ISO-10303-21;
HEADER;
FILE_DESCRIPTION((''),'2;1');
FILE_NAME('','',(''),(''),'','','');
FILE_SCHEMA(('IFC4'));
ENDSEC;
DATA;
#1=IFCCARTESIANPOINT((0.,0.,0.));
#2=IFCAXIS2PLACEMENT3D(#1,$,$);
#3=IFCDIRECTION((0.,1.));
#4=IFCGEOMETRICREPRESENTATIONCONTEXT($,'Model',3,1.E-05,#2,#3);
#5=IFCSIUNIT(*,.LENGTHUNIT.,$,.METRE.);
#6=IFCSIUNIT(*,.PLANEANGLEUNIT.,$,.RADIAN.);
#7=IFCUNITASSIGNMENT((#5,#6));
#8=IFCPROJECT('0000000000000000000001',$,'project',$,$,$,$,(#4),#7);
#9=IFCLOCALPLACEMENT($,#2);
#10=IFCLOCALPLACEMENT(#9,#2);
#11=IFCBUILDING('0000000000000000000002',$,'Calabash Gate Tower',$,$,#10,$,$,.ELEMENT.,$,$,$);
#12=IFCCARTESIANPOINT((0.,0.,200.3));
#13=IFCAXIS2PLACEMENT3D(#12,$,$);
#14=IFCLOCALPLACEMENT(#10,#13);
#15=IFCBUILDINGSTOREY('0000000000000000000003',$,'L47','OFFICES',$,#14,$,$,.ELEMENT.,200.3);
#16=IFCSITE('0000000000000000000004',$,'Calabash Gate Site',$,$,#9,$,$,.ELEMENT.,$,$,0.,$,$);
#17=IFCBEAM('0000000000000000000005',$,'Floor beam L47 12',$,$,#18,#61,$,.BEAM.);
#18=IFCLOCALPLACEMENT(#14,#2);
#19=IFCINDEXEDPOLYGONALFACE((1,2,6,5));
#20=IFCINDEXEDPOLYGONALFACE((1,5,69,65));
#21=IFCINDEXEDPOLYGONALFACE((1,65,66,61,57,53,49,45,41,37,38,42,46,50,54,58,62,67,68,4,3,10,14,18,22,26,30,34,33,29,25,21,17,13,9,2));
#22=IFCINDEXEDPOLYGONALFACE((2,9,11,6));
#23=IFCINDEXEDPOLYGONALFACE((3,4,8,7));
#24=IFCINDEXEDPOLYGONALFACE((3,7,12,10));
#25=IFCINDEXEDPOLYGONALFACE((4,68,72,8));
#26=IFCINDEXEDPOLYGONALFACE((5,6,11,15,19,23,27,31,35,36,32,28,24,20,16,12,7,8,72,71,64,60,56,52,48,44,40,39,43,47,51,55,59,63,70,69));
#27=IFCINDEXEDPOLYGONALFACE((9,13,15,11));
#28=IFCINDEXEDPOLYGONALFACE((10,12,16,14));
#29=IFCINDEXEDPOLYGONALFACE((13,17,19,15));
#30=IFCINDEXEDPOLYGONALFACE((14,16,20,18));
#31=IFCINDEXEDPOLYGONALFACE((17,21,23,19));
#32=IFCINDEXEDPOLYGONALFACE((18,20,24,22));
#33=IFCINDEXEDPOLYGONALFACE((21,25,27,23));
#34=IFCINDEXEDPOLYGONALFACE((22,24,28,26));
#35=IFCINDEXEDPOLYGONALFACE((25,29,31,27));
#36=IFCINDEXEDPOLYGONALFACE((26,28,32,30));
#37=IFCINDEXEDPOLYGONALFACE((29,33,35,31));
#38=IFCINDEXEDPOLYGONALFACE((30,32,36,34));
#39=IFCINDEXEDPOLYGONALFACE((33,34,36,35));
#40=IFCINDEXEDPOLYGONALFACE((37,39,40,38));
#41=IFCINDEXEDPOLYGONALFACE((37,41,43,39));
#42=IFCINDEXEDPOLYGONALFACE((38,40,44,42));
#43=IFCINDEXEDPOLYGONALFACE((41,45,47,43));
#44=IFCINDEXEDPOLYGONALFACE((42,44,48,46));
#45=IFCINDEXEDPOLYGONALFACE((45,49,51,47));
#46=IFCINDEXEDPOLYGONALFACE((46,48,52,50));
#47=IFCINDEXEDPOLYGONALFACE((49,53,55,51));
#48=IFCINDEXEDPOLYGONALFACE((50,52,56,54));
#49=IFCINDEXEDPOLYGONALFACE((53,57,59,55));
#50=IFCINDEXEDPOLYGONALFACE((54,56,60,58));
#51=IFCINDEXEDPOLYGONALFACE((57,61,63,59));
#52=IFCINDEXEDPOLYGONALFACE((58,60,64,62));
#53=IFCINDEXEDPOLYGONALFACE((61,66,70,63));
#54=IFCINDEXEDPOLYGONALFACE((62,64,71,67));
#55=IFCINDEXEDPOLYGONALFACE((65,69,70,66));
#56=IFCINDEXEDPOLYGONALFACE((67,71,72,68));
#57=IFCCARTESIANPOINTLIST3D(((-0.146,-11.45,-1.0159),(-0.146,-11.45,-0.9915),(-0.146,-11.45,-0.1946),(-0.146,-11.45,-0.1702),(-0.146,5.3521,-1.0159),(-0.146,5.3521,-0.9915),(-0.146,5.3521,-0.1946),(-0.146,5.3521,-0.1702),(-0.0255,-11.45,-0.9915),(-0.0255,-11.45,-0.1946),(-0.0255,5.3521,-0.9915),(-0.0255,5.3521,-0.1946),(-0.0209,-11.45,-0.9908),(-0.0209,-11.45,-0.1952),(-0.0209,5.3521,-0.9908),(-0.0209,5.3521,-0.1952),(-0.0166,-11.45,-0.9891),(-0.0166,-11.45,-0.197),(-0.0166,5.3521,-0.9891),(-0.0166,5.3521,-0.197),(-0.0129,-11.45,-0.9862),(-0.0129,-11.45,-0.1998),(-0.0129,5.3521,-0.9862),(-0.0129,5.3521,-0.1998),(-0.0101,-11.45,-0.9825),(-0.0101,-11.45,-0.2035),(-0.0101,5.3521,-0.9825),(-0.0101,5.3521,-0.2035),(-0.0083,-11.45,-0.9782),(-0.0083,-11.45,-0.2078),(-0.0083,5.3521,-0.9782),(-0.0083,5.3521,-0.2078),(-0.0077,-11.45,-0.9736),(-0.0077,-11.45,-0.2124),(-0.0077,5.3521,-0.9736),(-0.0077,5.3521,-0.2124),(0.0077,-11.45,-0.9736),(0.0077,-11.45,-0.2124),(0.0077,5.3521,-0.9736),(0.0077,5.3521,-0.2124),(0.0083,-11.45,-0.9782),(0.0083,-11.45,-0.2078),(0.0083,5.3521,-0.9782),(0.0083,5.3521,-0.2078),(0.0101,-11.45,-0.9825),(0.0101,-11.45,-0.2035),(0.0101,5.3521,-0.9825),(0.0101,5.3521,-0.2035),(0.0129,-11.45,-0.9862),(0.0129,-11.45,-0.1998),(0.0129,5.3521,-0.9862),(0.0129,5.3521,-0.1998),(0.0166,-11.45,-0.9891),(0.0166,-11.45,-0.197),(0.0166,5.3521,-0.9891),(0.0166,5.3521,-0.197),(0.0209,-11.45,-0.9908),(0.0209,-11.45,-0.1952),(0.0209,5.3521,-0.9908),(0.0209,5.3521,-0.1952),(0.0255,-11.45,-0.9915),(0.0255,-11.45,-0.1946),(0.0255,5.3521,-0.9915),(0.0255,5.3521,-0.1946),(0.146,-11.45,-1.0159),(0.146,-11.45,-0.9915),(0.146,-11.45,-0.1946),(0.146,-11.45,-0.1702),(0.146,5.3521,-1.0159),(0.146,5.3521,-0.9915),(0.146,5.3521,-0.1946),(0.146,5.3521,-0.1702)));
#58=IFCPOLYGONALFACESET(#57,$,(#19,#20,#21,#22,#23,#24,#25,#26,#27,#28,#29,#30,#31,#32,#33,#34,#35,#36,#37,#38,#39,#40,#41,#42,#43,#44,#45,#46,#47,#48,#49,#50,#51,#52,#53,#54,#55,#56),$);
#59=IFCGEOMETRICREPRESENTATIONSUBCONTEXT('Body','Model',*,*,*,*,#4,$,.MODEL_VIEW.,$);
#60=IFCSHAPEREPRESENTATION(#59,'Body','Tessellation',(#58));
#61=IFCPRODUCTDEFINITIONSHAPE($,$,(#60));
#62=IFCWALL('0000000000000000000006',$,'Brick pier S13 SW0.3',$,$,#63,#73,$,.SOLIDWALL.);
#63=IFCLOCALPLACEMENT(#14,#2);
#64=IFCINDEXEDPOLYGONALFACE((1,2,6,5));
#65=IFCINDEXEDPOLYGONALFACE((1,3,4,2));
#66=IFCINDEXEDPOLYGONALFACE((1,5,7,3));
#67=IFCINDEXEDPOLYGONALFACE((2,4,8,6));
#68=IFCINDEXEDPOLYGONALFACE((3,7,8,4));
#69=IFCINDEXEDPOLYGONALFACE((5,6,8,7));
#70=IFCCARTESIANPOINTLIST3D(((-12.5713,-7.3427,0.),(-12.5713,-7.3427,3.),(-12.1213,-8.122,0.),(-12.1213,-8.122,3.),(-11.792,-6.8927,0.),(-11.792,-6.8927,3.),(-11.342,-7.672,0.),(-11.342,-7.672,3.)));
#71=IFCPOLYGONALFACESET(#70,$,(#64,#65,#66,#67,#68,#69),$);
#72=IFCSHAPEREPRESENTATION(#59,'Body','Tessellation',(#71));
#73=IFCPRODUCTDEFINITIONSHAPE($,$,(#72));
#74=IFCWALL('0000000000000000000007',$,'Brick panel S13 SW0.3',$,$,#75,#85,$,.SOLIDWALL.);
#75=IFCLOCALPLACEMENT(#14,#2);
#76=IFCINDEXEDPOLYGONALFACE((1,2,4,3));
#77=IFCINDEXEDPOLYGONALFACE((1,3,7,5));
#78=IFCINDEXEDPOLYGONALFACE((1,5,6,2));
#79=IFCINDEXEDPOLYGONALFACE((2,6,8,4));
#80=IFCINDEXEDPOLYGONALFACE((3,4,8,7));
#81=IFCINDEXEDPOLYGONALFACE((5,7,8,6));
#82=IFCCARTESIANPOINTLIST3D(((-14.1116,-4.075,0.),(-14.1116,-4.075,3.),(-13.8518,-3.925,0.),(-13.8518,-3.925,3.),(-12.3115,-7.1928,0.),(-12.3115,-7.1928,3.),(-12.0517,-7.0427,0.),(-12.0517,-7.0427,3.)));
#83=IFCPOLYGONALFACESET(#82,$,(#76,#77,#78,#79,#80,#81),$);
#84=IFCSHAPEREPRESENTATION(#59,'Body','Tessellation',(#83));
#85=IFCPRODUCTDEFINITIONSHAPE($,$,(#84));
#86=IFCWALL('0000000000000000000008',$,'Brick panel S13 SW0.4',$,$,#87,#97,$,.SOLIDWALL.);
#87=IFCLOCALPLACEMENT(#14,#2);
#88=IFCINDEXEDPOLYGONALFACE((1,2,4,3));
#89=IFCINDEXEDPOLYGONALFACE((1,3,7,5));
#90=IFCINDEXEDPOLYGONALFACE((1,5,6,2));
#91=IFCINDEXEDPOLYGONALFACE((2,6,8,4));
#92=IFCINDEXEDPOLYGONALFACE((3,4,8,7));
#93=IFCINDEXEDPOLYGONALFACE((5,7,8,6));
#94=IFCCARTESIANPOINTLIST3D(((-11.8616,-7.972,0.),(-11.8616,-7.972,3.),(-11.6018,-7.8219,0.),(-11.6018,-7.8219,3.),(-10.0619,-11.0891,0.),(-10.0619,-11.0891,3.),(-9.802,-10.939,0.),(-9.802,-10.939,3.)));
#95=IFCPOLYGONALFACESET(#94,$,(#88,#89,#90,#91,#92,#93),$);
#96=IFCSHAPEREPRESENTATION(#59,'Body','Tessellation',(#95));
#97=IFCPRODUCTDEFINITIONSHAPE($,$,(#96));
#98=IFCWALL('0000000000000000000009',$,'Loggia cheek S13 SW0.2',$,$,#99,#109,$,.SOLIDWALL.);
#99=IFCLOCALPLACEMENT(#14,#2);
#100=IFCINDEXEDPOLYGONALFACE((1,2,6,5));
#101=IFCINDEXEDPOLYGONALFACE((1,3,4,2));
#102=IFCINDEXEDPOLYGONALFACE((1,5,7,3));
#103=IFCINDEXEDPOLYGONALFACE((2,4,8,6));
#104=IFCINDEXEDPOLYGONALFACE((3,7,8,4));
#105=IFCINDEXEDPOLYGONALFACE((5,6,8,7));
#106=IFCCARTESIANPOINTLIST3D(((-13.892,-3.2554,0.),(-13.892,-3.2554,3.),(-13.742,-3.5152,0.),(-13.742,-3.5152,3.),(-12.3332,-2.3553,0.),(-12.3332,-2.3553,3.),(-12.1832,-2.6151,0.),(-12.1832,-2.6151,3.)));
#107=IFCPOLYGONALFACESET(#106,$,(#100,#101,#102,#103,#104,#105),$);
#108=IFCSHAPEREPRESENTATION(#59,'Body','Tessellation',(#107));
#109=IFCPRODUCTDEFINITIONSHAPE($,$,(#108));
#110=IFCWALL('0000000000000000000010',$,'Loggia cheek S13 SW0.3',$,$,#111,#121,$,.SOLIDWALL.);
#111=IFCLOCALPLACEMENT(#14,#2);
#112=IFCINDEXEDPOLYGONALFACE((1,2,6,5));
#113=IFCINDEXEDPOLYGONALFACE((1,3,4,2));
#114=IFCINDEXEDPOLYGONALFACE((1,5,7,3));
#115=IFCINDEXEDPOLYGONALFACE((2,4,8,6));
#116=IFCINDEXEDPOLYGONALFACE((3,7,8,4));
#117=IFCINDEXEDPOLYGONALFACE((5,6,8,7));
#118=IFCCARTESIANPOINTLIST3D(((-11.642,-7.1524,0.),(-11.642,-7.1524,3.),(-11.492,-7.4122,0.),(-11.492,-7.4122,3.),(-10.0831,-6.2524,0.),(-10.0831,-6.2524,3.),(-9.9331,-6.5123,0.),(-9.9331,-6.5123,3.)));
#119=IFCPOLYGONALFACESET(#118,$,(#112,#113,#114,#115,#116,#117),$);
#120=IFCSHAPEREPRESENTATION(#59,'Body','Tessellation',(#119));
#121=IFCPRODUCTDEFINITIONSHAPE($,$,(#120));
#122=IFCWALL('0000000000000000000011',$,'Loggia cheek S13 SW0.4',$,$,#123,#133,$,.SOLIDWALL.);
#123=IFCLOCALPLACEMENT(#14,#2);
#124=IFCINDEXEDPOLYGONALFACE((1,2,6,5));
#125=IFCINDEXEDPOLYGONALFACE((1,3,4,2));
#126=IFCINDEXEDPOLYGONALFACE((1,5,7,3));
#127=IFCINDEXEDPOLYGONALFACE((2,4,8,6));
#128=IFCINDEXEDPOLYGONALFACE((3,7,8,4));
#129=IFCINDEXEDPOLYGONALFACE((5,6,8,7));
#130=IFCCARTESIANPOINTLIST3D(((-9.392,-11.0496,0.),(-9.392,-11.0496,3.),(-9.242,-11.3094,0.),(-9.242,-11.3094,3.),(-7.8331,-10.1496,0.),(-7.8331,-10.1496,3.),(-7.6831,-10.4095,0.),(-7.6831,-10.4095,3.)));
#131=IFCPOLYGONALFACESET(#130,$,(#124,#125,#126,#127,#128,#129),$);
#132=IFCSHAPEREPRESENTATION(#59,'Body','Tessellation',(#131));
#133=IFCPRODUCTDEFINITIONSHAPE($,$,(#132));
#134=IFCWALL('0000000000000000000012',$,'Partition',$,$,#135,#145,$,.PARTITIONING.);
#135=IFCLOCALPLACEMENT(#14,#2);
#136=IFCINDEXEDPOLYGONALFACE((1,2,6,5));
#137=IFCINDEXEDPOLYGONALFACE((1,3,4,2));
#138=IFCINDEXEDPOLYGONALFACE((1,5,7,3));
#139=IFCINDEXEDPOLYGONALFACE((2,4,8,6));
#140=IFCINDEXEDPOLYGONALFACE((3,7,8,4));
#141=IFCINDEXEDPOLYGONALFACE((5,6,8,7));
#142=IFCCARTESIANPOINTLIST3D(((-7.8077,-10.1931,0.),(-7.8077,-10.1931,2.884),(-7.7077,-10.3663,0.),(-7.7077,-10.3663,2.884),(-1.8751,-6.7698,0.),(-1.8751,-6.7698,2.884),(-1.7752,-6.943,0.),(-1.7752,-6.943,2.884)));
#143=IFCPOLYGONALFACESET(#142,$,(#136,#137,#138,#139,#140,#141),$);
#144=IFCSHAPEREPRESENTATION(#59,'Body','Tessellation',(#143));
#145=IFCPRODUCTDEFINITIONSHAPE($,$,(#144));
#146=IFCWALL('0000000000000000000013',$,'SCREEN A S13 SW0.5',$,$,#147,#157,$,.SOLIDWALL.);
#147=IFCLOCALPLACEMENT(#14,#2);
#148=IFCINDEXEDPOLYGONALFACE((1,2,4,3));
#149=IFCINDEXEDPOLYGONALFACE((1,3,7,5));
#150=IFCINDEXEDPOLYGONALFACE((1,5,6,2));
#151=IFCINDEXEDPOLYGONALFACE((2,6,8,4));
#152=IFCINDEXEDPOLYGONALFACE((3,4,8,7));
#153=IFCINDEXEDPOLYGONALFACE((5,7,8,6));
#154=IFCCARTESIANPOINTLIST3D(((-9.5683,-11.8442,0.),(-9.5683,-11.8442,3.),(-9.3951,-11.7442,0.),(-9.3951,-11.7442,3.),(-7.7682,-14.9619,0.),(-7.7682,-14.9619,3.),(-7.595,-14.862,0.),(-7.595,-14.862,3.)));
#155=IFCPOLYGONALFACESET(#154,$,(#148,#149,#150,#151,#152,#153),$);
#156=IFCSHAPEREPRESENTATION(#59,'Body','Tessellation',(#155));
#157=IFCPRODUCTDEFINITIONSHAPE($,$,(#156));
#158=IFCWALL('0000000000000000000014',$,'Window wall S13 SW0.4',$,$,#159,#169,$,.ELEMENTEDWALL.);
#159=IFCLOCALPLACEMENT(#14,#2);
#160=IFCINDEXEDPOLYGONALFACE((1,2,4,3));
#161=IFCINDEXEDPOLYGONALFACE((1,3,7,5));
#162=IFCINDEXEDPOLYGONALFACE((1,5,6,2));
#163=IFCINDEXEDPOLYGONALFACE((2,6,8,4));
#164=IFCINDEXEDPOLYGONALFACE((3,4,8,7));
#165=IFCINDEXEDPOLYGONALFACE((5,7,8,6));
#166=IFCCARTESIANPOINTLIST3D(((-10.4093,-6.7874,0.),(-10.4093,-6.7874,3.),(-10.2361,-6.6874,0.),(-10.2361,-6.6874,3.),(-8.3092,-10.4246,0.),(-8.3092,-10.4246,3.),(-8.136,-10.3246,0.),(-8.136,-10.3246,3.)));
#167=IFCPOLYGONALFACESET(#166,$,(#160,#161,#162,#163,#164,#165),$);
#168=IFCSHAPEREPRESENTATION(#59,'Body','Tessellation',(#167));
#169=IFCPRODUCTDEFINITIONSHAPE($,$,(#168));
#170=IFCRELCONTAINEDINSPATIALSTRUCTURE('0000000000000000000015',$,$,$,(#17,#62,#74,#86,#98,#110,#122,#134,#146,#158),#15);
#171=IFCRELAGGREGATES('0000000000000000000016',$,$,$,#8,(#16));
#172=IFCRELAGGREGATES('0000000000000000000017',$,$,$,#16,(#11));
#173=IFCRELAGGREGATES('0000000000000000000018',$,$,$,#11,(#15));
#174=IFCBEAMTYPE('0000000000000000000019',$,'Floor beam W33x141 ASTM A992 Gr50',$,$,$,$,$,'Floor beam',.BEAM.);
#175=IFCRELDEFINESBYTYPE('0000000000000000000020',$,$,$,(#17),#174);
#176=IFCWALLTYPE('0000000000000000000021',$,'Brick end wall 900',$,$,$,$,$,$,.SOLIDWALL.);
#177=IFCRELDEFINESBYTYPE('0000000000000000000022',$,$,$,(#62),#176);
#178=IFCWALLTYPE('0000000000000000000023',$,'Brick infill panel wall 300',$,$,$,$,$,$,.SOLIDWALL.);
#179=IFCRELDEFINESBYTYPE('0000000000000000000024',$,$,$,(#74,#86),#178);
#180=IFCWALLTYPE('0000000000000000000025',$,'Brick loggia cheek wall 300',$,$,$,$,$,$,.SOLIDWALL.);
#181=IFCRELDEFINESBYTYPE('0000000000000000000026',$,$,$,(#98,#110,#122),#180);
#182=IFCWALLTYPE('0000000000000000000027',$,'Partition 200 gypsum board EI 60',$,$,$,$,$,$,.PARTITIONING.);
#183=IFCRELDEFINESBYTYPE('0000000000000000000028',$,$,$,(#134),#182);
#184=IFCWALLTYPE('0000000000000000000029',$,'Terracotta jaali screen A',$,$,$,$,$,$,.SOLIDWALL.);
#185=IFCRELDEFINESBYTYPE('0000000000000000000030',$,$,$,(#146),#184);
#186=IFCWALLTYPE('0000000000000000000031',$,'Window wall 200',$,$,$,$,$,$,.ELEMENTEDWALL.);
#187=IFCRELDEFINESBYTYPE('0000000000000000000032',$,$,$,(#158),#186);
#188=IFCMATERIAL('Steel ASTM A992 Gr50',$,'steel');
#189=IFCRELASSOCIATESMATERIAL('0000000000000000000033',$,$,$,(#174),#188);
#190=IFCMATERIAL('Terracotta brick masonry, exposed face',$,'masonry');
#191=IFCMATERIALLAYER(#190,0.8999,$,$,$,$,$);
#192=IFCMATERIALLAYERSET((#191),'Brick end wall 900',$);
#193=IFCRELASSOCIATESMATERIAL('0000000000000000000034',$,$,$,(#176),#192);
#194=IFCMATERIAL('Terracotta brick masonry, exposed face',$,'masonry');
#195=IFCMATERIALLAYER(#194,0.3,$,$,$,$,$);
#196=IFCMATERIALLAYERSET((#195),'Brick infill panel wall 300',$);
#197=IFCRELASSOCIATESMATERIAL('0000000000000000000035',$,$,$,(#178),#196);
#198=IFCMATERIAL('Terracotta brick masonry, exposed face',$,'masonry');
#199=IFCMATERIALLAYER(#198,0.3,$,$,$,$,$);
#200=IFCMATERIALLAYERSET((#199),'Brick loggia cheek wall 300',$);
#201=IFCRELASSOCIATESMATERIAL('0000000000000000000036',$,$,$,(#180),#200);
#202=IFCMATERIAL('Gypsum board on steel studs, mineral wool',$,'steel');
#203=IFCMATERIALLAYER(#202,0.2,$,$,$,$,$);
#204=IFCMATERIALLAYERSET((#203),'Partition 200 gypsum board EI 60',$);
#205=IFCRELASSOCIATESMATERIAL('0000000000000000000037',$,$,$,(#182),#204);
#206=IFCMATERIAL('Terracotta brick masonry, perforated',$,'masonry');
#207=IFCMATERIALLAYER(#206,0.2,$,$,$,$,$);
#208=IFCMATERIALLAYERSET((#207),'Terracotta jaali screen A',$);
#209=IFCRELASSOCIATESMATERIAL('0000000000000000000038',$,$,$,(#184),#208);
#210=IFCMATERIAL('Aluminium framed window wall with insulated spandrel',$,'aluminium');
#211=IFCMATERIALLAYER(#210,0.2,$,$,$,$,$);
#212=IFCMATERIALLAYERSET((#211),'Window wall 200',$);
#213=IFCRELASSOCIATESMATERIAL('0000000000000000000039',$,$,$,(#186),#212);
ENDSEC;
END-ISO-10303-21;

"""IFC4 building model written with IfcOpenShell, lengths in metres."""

from ifc_helpers import new_model, si_unit, direction, frame, frame_2d, origin, origin_2d, place, context, subcontext, project, spatial, rectangle, i_section, extrude, material, layer, layer_set, material_profile, profile_set, type_object, element, save


model = new_model("IFC4")

# Units and contexts
model_context = context("Model", 3, precision=1e-05, world=origin(), true_north=direction((0.0, 1.0)))
body_context = subcontext(model_context, "Body", "Model", "MODEL_VIEW")
ifc_project = project(units=[si_unit("LENGTHUNIT", "METRE"), si_unit("PLANEANGLEUNIT", "RADIAN")], contexts=[model_context])

# Site, building, storey
site_placement = place(None, origin())
site = spatial("IfcSite", under=ifc_project, at=site_placement, Name="Calabash Gate Site", CompositionType="ELEMENT", RefElevation=0.0)
building_placement = place(site_placement, origin())
building = spatial("IfcBuilding", under=site, at=building_placement, Name="Calabash Gate Tower", CompositionType="ELEMENT")
storey_placement = place(building_placement, frame((0.0, 0.0, 200.3)))
storey = spatial("IfcBuildingStorey", under=building, at=storey_placement, Name="L47", Description="OFFICES", CompositionType="ELEMENT", Elevation=200.3)

# Beam
ifc_material_1 = material(Name="Steel ASTM A992 Gr50", Category="steel")
ifc_material_profile_1 = material_profile(ifc_material_1, i_section(OverallWidth=0.292, OverallDepth=0.8457, WebThickness=0.0154, FlangeThickness=0.0244, FilletRadius=0.0178, at=origin_2d()))
ifc_profile_set_1 = profile_set([ifc_material_profile_1], Name="Steel ASTM A992 Gr50")
beam_type_1 = type_object("IfcBeamType", Name="Floor beam W33x141 ASTM A992 Gr50", ElementType="Floor beam", PredefinedType="BEAM", material=ifc_profile_set_1)
beam_1_placement = place(storey_placement, frame((0.0, -11.45, -0.593), z_axis=(0.0, 1.0, 0.0), x_axis=(-1.0, 0.0, 0.0)))
element("IfcBeam", 1, at=beam_1_placement, inside=storey, type_object=beam_type_1, Name="Floor beam L47 12", PredefinedType="BEAM", context=body_context, shape_type="SweptSolid", body=[
    extrude(i_section(OverallWidth=0.292, OverallDepth=0.8457, WebThickness=0.0154, FlangeThickness=0.0244, FilletRadius=0.0178, at=origin_2d()), origin(), (0.0, 0.0, 1.0), 16.802),
])

# Walls
ifc_material_2 = material(Name="Terracotta brick masonry, exposed face", Category="masonry")
ifc_layer_1 = layer(ifc_material_2, 0.8999)
ifc_layer_set_1 = layer_set([ifc_layer_1], Name="Brick end wall 900")
wall_type_1 = type_object("IfcWallType", Name="Brick end wall 900", PredefinedType="SOLIDWALL", material=ifc_layer_set_1)
wall_1_placement = place(storey_placement, frame((-12.1816, -7.1177, 0.0), z_axis=(0.0, 0.0, 1.0), x_axis=(0.50002, -0.866014, 0.0)))
element("IfcWall", 2, at=wall_1_placement, inside=storey, type_object=wall_type_1, Name="Brick pier S13 SW0.3", PredefinedType="SOLIDWALL", context=body_context, shape_type="SweptSolid", body=[
    extrude(rectangle(XDim=0.8999, YDim=0.8999, at=frame_2d((0.45, 0.0))), origin(), (0.0, 0.0, 1.0), 3.0),
])
ifc_material_3 = material(Name="Terracotta brick masonry, exposed face", Category="masonry")
ifc_layer_2 = layer(ifc_material_3, 0.3)
ifc_layer_set_2 = layer_set([ifc_layer_2], Name="Brick infill panel wall 300")
wall_type_2 = type_object("IfcWallType", Name="Brick infill panel wall 300", PredefinedType="SOLIDWALL", material=ifc_layer_set_2)
wall_2_placement = place(storey_placement, frame((-13.9817, -4.0, 0.0), z_axis=(0.0, 0.0, 1.0), x_axis=(0.500012, -0.866018, 0.0)))
element("IfcWall", 3, at=wall_2_placement, inside=storey, type_object=wall_type_2, Name="Brick panel S13 SW0.3", PredefinedType="SOLIDWALL", context=body_context, shape_type="SweptSolid", body=[
    extrude(rectangle(XDim=3.6001, YDim=0.3, at=frame_2d((1.8, 0.0))), origin(), (0.0, 0.0, 1.0), 3.0),
])
wall_3_placement = place(storey_placement, frame((-9.9319, -11.0142, 0.0), z_axis=(0.0, 0.0, 1.0), x_axis=(-0.50002, 0.866014, 0.0)))
element("IfcWall", 4, at=wall_3_placement, inside=storey, type_object=wall_type_2, Name="Brick panel S13 SW0.4", PredefinedType="SOLIDWALL", context=body_context, shape_type="SweptSolid", body=[
    extrude(rectangle(XDim=3.5994, YDim=0.3, at=frame_2d((1.7998, 0.0))), origin(), (0.0, 0.0, 1.0), 3.0),
])
ifc_material_4 = material(Name="Terracotta brick masonry, exposed face", Category="masonry")
ifc_layer_3 = layer(ifc_material_4, 0.3)
ifc_layer_set_3 = layer_set([ifc_layer_3], Name="Brick loggia cheek wall 300")
wall_type_3 = type_object("IfcWallType", Name="Brick loggia cheek wall 300", PredefinedType="SOLIDWALL", material=ifc_layer_set_3)
for number, where, z_axis, x_axis, name in (
    (5, (-13.8169, -3.3853, 0.0), (0.0, 0.0, 1.0), (0.865989, 0.500063, 0.0), "Loggia cheek S13 SW0.2"),
    (6, (-11.5669, -7.2822, 0.0), (0.0, 0.0, 1.0), (0.866048, 0.499961, 0.0), "Loggia cheek S13 SW0.3"),
    (7, (-9.3169, -11.1794, 0.0), (0.0, 0.0, 1.0), (0.866048, 0.499961, 0.0), "Loggia cheek S13 SW0.4"),
):
    element("IfcWall", number, at=place(storey_placement, frame(where, z_axis=z_axis, x_axis=x_axis)), inside=storey, type_object=wall_type_3, Name=name, PredefinedType="SOLIDWALL", context=body_context, shape_type="SweptSolid", body=[
        extrude(rectangle(XDim=1.8, YDim=0.3, at=frame_2d((0.8999, 0.0))), origin(), (0.0, 0.0, 1.0), 3.0),
    ])

# Shared definitions
ifc_material_5 = material(Name="Gypsum board on steel studs, mineral wool", Category="steel")
ifc_layer_4 = layer(ifc_material_5, 0.2)
ifc_layer_set_4 = layer_set([ifc_layer_4], Name="Partition 200 gypsum board EI 60")
wall_type_4 = type_object("IfcWallType", Name="Partition 200 gypsum board EI 60", PredefinedType="PARTITIONING", material=ifc_layer_set_4)

# Walls
wall_4_placement = place(storey_placement, frame((-7.7578, -10.2798, 0.0), z_axis=(0.0, 0.0, 1.0), x_axis=(0.866143, 0.499797, 0.0)))
element("IfcWall", 8, at=wall_4_placement, inside=storey, type_object=wall_type_4, Name="Partition", PredefinedType="PARTITIONING", context=body_context, shape_type="SweptSolid", body=[
    extrude(rectangle(XDim=6.8494, YDim=0.2, at=frame_2d((3.4248, 0.0))), origin(), (0.0, 0.0, 1.0), 2.884),
])
ifc_material_6 = material(Name="Terracotta brick masonry, perforated", Category="masonry")
ifc_layer_5 = layer(ifc_material_6, 0.2)
ifc_layer_set_5 = layer_set([ifc_layer_5], Name="Terracotta jaali screen A")
wall_type_5 = type_object("IfcWallType", Name="Terracotta jaali screen A", PredefinedType="SOLIDWALL", material=ifc_layer_set_5)
wall_5_placement = place(storey_placement, frame((-9.4817, -11.7942, 0.0), z_axis=(0.0, 0.0, 1.0), x_axis=(0.500012, -0.866018, 0.0)))
element("IfcWall", 9, at=wall_5_placement, inside=storey, type_object=wall_type_5, Name="SCREEN A S13 SW0.5", PredefinedType="SOLIDWALL", context=body_context, shape_type="SweptSolid", body=[
    extrude(rectangle(XDim=3.6001, YDim=0.2, at=frame_2d((1.8, 0.0))), origin(), (0.0, 0.0, 1.0), 3.0),
])
ifc_material_7 = material(Name="Aluminium framed window wall with insulated spandrel", Category="aluminium")
ifc_layer_6 = layer(ifc_material_7, 0.2)
ifc_layer_set_6 = layer_set([ifc_layer_6], Name="Window wall 200")
wall_type_6 = type_object("IfcWallType", Name="Window wall 200", PredefinedType="ELEMENTEDWALL", material=ifc_layer_set_6)
wall_6_placement = place(storey_placement, frame((-10.3228, -6.7373, 0.0), z_axis=(0.0, 0.0, 1.0), x_axis=(0.500028, -0.866009, 0.0)))
element("IfcWall", 10, at=wall_6_placement, inside=storey, type_object=wall_type_6, Name="Window wall S13 SW0.4", PredefinedType="ELEMENTEDWALL", context=body_context, shape_type="SweptSolid", body=[
    extrude(rectangle(XDim=4.2, YDim=0.2, at=frame_2d((2.1001, 0.0))), origin(), (0.0, 0.0, 1.0), 3.0),
])

save(model, "model.ifc")
